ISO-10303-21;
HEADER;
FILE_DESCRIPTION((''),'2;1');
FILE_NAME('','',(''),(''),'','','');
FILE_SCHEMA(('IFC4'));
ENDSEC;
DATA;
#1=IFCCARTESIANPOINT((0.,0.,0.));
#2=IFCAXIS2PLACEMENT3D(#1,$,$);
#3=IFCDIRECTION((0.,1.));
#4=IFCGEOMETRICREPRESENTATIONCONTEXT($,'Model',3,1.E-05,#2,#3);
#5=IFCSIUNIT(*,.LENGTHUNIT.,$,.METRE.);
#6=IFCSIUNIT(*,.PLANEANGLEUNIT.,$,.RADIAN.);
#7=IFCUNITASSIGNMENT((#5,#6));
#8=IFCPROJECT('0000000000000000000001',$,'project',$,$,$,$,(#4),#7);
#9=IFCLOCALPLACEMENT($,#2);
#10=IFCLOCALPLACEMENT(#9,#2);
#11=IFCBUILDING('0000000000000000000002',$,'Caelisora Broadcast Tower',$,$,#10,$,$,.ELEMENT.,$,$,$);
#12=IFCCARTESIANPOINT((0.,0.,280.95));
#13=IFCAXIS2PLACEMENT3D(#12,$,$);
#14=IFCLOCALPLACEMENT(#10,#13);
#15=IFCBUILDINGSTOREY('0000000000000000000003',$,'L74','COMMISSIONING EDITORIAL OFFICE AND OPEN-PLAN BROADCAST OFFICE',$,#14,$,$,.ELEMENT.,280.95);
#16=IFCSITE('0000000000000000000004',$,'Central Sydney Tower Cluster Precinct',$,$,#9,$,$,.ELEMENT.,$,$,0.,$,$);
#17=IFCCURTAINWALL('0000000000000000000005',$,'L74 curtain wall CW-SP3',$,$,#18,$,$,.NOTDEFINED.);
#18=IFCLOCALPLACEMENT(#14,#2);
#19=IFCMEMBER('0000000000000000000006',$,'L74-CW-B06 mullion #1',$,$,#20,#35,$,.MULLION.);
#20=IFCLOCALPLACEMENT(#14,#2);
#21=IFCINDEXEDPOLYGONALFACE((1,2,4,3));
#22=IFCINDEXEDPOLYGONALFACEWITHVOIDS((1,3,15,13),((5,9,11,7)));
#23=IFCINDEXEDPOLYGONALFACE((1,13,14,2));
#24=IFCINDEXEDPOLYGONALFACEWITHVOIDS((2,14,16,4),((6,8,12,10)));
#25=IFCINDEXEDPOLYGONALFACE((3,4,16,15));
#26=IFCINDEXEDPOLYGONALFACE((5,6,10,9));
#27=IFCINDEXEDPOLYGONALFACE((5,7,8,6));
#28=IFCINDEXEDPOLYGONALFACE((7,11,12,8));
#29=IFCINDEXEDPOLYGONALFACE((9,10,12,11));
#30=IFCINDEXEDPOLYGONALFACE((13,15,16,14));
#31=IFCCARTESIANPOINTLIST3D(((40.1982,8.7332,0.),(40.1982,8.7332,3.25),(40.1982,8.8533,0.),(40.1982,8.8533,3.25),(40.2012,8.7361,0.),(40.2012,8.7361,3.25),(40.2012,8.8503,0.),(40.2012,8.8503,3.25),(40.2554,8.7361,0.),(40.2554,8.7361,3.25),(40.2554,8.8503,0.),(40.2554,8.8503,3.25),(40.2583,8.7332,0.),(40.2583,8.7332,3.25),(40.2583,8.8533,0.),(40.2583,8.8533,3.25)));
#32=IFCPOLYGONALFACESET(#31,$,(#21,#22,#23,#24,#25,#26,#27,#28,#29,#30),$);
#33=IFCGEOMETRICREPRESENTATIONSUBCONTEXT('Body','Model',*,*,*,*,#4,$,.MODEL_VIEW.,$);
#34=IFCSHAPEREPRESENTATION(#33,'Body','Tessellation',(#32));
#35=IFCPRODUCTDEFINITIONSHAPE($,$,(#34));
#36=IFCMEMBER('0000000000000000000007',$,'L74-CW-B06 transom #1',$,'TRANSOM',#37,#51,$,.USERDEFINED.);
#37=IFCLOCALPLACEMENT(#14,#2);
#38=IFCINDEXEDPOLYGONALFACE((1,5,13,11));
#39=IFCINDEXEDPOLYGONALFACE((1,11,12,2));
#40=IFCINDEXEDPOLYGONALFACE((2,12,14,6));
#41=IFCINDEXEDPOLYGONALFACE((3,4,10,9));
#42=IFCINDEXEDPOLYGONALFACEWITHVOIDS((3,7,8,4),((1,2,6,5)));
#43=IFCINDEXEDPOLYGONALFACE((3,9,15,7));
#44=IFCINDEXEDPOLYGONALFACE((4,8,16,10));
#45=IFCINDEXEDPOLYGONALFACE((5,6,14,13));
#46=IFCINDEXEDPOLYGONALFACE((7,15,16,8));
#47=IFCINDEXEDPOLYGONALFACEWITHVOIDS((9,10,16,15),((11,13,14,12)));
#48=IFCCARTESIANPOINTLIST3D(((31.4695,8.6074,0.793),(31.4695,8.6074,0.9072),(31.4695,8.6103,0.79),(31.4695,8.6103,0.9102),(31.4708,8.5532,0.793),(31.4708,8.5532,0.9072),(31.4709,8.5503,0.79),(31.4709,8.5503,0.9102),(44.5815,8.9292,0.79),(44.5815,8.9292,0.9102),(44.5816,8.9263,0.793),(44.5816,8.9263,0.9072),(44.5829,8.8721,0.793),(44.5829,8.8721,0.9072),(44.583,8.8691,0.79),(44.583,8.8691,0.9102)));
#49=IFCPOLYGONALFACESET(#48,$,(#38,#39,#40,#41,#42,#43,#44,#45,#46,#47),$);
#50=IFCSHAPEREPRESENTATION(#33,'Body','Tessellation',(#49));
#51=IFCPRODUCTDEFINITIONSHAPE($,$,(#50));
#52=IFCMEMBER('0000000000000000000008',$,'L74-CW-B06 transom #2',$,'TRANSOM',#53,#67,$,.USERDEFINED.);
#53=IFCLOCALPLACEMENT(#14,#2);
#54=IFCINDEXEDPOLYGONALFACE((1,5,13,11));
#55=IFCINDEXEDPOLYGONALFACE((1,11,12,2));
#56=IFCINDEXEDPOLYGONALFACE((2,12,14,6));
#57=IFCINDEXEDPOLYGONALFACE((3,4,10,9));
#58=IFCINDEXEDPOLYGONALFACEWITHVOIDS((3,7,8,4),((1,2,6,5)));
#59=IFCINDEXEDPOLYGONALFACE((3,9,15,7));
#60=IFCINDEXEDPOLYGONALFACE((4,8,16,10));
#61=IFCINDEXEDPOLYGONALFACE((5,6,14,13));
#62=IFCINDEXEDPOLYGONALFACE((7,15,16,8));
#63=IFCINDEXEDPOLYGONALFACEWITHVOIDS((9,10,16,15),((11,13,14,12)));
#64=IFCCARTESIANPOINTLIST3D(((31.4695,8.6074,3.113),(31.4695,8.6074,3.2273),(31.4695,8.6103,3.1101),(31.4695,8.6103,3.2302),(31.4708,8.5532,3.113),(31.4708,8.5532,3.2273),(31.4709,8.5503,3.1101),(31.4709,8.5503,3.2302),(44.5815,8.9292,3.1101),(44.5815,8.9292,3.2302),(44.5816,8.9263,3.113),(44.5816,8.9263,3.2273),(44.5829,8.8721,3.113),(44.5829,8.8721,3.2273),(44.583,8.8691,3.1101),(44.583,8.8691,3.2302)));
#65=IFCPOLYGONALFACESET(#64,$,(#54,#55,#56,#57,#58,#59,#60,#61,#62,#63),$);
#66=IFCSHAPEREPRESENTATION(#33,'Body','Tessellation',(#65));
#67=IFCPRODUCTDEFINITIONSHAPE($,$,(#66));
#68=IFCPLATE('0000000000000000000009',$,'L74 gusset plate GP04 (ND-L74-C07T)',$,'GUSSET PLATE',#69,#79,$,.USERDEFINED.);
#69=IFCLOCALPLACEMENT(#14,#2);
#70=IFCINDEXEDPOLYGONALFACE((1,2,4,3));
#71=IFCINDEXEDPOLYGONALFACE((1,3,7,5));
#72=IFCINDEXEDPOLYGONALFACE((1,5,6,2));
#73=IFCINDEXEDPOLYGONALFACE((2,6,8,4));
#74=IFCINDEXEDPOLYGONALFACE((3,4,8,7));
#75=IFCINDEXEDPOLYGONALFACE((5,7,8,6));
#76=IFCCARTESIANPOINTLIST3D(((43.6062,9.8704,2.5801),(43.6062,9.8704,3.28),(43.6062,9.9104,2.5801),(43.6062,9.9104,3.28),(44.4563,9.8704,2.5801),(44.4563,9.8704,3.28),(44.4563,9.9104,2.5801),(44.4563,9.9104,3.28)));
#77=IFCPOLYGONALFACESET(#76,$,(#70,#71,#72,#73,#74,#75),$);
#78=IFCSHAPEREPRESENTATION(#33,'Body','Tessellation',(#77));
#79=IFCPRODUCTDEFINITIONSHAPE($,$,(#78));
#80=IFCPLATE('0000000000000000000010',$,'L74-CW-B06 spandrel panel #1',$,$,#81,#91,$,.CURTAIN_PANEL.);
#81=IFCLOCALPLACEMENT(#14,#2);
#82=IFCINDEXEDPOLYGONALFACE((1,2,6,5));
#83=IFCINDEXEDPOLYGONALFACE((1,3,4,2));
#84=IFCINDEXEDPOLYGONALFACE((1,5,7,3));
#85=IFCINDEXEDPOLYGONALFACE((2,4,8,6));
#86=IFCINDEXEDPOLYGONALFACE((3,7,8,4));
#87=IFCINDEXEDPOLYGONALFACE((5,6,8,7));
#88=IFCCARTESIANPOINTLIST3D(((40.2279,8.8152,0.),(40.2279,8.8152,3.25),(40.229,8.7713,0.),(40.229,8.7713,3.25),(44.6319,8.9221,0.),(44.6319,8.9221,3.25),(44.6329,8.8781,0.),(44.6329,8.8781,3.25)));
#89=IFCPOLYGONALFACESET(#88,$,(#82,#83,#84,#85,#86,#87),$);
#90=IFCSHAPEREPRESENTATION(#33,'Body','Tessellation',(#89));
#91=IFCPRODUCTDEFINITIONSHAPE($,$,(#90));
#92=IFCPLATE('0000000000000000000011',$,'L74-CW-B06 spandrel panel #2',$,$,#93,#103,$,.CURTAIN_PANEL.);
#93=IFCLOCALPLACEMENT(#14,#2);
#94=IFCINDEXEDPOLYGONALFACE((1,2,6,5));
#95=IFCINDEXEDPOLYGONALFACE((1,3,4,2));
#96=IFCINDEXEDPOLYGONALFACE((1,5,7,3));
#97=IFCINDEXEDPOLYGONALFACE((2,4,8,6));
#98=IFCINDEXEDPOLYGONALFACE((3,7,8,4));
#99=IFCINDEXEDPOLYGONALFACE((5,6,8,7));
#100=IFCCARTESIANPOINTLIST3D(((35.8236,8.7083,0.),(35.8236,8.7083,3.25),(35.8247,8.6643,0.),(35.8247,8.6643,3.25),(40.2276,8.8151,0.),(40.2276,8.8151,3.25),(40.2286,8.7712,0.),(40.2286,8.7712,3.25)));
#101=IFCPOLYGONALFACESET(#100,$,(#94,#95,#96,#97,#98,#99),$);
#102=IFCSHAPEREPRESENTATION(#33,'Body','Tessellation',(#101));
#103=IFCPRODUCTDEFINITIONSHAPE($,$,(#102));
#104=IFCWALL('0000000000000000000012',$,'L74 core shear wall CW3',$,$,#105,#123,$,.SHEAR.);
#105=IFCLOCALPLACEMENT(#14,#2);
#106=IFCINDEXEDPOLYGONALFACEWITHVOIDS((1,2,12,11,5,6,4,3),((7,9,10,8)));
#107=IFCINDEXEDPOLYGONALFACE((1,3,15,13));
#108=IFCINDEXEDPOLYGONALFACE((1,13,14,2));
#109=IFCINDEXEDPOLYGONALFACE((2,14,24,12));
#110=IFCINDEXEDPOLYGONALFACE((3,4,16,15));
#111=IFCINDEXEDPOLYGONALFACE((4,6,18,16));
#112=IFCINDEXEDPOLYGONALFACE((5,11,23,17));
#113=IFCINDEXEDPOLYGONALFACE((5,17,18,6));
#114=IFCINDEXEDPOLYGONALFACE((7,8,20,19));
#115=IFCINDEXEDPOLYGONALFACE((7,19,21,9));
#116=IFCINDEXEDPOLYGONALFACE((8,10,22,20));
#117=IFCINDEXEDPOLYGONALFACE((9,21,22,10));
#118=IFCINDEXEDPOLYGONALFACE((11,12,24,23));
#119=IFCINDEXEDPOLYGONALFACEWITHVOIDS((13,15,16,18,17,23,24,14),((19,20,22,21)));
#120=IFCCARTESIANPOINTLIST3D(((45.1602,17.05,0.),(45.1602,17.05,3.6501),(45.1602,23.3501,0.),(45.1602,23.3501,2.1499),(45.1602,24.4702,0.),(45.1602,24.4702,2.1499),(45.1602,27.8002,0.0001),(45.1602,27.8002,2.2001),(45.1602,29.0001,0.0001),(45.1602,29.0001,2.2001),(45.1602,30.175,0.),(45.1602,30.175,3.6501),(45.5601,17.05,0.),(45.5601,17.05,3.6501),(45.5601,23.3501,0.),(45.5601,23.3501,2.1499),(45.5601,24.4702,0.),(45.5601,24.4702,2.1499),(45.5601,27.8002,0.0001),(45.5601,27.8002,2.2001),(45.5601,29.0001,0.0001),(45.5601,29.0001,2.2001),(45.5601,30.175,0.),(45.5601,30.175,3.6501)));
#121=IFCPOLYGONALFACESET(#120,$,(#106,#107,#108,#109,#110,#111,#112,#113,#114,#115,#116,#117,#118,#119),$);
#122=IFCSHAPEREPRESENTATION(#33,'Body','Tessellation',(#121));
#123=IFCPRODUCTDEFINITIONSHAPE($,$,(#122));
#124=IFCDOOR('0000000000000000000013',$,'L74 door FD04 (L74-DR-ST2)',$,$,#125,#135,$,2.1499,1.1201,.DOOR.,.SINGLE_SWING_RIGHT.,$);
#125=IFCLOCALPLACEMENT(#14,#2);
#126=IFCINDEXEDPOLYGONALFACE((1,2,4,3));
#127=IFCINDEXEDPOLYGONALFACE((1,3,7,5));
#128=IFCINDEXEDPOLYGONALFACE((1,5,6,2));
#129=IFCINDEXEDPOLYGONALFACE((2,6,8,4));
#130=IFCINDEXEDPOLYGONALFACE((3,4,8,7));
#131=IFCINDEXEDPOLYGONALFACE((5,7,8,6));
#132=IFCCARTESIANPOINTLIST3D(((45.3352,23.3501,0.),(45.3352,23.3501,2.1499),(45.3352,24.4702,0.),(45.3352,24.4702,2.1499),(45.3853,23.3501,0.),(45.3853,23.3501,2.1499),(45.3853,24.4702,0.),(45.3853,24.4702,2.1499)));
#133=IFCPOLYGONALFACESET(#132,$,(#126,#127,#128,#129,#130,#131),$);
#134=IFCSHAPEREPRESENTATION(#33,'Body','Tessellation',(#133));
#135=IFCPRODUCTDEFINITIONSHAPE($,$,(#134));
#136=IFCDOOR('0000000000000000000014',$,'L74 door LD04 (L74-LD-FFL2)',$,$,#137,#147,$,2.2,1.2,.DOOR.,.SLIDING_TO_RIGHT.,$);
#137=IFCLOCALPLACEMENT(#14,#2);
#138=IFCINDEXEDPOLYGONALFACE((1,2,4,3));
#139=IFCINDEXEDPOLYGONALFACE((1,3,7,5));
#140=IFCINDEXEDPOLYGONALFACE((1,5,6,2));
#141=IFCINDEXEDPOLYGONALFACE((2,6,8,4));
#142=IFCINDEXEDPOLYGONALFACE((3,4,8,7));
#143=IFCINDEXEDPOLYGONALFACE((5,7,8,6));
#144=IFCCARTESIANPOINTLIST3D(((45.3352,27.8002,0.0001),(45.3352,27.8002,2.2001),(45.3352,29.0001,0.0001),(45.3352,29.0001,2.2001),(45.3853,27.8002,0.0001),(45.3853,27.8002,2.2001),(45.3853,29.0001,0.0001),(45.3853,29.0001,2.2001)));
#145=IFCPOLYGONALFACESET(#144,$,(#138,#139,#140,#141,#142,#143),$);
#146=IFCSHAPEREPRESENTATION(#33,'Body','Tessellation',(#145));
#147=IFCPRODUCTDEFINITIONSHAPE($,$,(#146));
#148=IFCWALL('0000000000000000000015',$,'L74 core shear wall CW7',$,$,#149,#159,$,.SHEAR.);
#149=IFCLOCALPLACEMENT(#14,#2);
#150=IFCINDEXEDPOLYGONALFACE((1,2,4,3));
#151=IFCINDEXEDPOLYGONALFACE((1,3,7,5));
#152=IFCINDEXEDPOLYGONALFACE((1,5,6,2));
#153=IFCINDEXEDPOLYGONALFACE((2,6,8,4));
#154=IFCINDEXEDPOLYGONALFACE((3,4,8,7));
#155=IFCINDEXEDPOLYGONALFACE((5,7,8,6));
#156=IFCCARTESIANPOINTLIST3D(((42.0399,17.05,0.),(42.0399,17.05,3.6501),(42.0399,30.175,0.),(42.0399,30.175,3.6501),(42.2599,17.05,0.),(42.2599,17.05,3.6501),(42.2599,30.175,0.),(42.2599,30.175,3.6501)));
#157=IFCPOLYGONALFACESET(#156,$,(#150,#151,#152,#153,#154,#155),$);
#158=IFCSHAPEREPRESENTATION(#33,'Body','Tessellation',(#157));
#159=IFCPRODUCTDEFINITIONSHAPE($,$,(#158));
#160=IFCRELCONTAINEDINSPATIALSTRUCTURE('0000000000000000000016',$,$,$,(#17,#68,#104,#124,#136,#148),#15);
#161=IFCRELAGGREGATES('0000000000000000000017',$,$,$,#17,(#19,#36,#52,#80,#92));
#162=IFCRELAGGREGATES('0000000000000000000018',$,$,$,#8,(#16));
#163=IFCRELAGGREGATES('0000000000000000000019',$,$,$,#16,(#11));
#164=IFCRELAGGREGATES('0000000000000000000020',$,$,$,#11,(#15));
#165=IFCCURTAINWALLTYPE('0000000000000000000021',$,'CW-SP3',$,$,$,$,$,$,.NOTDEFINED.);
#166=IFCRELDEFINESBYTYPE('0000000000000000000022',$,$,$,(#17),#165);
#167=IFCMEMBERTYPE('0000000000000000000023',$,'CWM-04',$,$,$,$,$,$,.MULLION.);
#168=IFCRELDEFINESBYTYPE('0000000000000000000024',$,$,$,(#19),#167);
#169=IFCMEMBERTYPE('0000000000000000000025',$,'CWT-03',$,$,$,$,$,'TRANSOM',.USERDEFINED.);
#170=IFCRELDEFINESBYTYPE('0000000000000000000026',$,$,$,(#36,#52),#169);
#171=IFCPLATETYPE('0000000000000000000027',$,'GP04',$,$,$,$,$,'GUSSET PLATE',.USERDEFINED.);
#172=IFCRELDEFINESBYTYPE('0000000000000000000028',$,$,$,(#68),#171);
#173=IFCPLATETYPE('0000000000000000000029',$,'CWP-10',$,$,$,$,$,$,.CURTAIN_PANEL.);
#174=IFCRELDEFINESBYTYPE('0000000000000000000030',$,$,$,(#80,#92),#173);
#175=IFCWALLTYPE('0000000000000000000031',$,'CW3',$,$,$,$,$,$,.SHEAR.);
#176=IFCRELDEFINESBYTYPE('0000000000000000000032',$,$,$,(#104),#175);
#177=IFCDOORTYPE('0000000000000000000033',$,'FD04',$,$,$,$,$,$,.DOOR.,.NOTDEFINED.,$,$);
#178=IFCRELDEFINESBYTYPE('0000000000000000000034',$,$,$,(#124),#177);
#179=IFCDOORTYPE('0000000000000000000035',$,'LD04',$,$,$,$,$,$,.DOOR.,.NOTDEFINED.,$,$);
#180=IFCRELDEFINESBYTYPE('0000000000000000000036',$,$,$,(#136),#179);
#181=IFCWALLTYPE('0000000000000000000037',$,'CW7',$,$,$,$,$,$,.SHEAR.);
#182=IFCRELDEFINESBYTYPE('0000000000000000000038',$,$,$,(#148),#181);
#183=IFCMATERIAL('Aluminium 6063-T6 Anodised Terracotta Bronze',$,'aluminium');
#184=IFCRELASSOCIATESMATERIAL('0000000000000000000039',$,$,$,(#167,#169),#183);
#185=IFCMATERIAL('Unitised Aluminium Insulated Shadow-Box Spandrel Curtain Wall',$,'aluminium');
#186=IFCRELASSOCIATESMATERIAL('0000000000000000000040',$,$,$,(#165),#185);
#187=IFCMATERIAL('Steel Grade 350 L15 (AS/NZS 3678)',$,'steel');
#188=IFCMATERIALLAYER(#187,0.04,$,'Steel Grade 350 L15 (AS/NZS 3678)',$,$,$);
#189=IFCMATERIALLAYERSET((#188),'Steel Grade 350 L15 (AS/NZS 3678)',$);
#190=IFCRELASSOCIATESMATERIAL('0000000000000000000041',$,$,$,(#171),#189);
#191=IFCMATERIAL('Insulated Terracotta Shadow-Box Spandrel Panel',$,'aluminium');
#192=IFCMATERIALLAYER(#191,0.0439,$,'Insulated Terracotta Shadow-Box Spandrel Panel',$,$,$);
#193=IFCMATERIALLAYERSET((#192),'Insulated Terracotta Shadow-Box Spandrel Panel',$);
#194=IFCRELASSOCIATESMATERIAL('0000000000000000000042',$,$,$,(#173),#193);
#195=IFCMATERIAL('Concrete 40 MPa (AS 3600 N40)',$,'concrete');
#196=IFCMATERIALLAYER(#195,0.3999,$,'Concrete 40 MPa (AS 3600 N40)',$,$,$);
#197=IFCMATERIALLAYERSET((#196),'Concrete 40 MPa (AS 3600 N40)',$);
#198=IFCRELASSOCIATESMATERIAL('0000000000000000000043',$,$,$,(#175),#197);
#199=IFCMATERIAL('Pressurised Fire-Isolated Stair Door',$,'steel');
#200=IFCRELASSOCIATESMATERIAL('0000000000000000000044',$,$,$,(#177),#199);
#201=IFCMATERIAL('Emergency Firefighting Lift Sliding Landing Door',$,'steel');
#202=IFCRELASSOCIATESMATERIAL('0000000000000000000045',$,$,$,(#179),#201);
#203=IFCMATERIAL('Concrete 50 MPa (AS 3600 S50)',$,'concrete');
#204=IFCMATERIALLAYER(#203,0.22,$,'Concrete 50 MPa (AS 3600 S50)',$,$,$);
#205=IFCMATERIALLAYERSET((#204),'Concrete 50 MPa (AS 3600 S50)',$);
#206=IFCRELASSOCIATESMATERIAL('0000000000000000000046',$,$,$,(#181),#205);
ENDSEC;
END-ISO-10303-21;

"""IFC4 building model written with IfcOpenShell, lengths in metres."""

from ifc_helpers import new_model, si_unit, direction, frame, frame_2d, origin, origin_2d, place, context, subcontext, project, spatial, rectangle, hollow_rectangle, extrude, source, transform, mapped, material, layer, layer_set, material_profile, profile_set, type_object, type_shapes, element, fill, aggregate, save


model = new_model("IFC4")

# Units and contexts
model_context = context("Model", 3, precision=1e-05, world=origin(), true_north=direction((0.0, 1.0)))
body_context = subcontext(model_context, "Body", "Model", "MODEL_VIEW")
ifc_project = project(units=[si_unit("LENGTHUNIT", "METRE"), si_unit("PLANEANGLEUNIT", "RADIAN")], contexts=[model_context])

# Site, building, storey
site_placement = place(None, origin())
site = spatial("IfcSite", under=ifc_project, at=site_placement, Name="Central Sydney Tower Cluster Precinct", CompositionType="ELEMENT", RefElevation=0.0)
building_placement = place(site_placement, origin())
building = spatial("IfcBuilding", under=site, at=building_placement, Name="Caelisora Broadcast Tower", CompositionType="ELEMENT")
storey_placement = place(building_placement, frame((0.0, 0.0, 280.95)))
storey = spatial("IfcBuildingStorey", under=building, at=storey_placement, Name="L74", Description="COMMISSIONING EDITORIAL OFFICE AND OPEN-PLAN BROADCAST OFFICE", CompositionType="ELEMENT", Elevation=280.95)

# Shared definitions
ifc_material_1 = material(Name="Steel Grade 350 L15 (AS/NZS 3678)", Category="steel")

# Shared definitions
ifc_material_2 = material(Name="Aluminium 6063-T6 Anodised Terracotta Bronze", Category="aluminium")
ifc_material_profile_1 = material_profile(ifc_material_2, hollow_rectangle(XDim=0.0601, YDim=0.1201, WallThickness=0.0029, at=origin_2d()), Name="Aluminium 6063-T6 Anodised Terracotta Bronze")
ifc_profile_set_1 = profile_set([ifc_material_profile_1], Name="Aluminium 6063-T6 Anodised Terracotta Bronze")
member_type_1 = type_object("IfcMemberType", Name="CWM-04", PredefinedType="MULLION", material=ifc_profile_set_1)
shared_shape_1 = source(origin(), body_context, "Body", "SweptSolid", [
    extrude(hollow_rectangle(XDim=0.0601, YDim=0.1201, WallThickness=0.0029, at=origin_2d()), origin(), (0.0, 0.0, 1.0), 3.25),
])
type_shapes(member_type_1, [shared_shape_1])

# Curtain wall, members
ifc_material_3 = material(Name="Unitised Aluminium Insulated Shadow-Box Spandrel Curtain Wall", Category="aluminium")
curtain_wall_type_1 = type_object("IfcCurtainWallType", Name="CW-SP3", PredefinedType="NOTDEFINED", material=ifc_material_3)
curtain_wall_1_placement = place(storey_placement, origin())
curtain_wall_1 = element("IfcCurtainWall", 1, at=curtain_wall_1_placement, inside=storey, type_object=curtain_wall_type_1, Name="L74 curtain wall CW-SP3", PredefinedType="NOTDEFINED")
member_1_placement = place(storey_placement, frame((40.2283, 8.7932, 0.0), z_axis=(0.0, 0.0, 1.0), x_axis=(1.0, 0.0, 0.0)))
member_1 = element("IfcMember", 2, at=member_1_placement, type_object=member_type_1, Name="L74-CW-B06 mullion #1", PredefinedType="MULLION", context=body_context, shape_type="MappedRepresentation", body=[
    mapped(shared_shape_1, transform((0.0, 0.0, 0.0), scale=1.0)),
])
ifc_material_profile_2 = material_profile(ifc_material_2, hollow_rectangle(XDim=0.0601, YDim=0.1201, WallThickness=0.0029, at=origin_2d()), Name="Aluminium 6063-T6 Anodised Terracotta Bronze")
ifc_profile_set_2 = profile_set([ifc_material_profile_2], Name="Aluminium 6063-T6 Anodised Terracotta Bronze")
member_type_2 = type_object("IfcMemberType", Name="CWT-03", ElementType="TRANSOM", PredefinedType="USERDEFINED", material=ifc_profile_set_2)
shared_shape_2 = source(origin(), body_context, "Body", "SweptSolid", [
    extrude(hollow_rectangle(XDim=0.0601, YDim=0.1201, WallThickness=0.0029, at=origin_2d()), origin(), (0.0, 0.0, 1.0), 13.116),
])
type_shapes(member_type_2, [shared_shape_2])
member_2_placement = place(storey_placement, frame((44.5823, 8.8992, 0.8501), z_axis=(-0.999704, -0.02431, 0.0), x_axis=(0.02431, -0.999704, 0.0)))
member_2 = element("IfcMember", 3, at=member_2_placement, type_object=member_type_2, Name="L74-CW-B06 transom #1", ObjectType="TRANSOM", PredefinedType="USERDEFINED", context=body_context, shape_type="MappedRepresentation", body=[
    mapped(shared_shape_2, transform((0.0, 0.0, 0.0), scale=1.0)),
])
member_3_placement = place(storey_placement, frame((44.5823, 8.8992, 3.1702), z_axis=(-0.999704, -0.02431, 0.0), x_axis=(0.02431, -0.999704, 0.0)))
member_3 = element("IfcMember", 4, at=member_3_placement, type_object=member_type_2, Name="L74-CW-B06 transom #2", ObjectType="TRANSOM", PredefinedType="USERDEFINED", context=body_context, shape_type="MappedRepresentation", body=[
    mapped(shared_shape_2, transform((0.0, 0.0, 0.0), scale=1.0)),
])

# Plates
ifc_layer_1 = layer(ifc_material_1, 0.04, Name="Steel Grade 350 L15 (AS/NZS 3678)")
ifc_layer_set_1 = layer_set([ifc_layer_1], Name="Steel Grade 350 L15 (AS/NZS 3678)")
plate_type_1 = type_object("IfcPlateType", Name="GP04", ElementType="GUSSET PLATE", PredefinedType="USERDEFINED", material=ifc_layer_set_1)
shared_shape_3 = source(origin(), body_context, "Body", "SweptSolid", [
    extrude(rectangle(XDim=0.8501, YDim=0.04, at=origin_2d()), origin(), (0.0, 0.0, 1.0), 0.7),
])
type_shapes(plate_type_1, [shared_shape_3])
plate_1_placement = place(storey_placement, frame((44.0312, 9.8904, 2.5801), z_axis=(0.0, 0.0, 1.0), x_axis=(1.0, 0.0, 0.0)))
element("IfcPlate", 5, at=plate_1_placement, inside=storey, type_object=plate_type_1, Name="L74 gusset plate GP04 (ND-L74-C07T)", ObjectType="GUSSET PLATE", PredefinedType="USERDEFINED", context=body_context, shape_type="MappedRepresentation", body=[
    mapped(shared_shape_3, transform((0.0, 0.0, 0.0), scale=1.0)),
])
ifc_material_4 = material(Name="Insulated Terracotta Shadow-Box Spandrel Panel", Category="aluminium")
ifc_layer_2 = layer(ifc_material_4, 0.0439, Name="Insulated Terracotta Shadow-Box Spandrel Panel")
ifc_layer_set_2 = layer_set([ifc_layer_2], Name="Insulated Terracotta Shadow-Box Spandrel Panel")
plate_type_2 = type_object("IfcPlateType", Name="CWP-10", PredefinedType="CURTAIN_PANEL", material=ifc_layer_set_2)
shared_shape_4 = source(origin(), body_context, "Body", "SweptSolid", [
    extrude(rectangle(XDim=4.4053, YDim=0.0439, at=origin_2d()), origin(), (0.0, 0.0, 1.0), 3.25),
])
type_shapes(plate_type_2, [shared_shape_4])
plate_2_placement = place(storey_placement, frame((42.4304, 8.8467, 0.0), z_axis=(0.0, 0.0, 1.0), x_axis=(-0.999706, -0.024258, 0.0)))
plate_2 = element("IfcPlate", 6, at=plate_2_placement, type_object=plate_type_2, Name="L74-CW-B06 spandrel panel #1", PredefinedType="CURTAIN_PANEL", context=body_context, shape_type="MappedRepresentation", body=[
    mapped(shared_shape_4, transform((0.0, 0.0, 0.0), scale=1.0)),
])
plate_3_placement = place(storey_placement, frame((38.0261, 8.7397, 0.0), z_axis=(0.0, 0.0, 1.0), x_axis=(-0.999706, -0.024258, 0.0)))
plate_3 = element("IfcPlate", 7, at=plate_3_placement, type_object=plate_type_2, Name="L74-CW-B06 spandrel panel #2", PredefinedType="CURTAIN_PANEL", context=body_context, shape_type="MappedRepresentation", body=[
    mapped(shared_shape_4, transform((0.0, 0.0, 0.0), scale=1.0)),
])
aggregate(curtain_wall_1, [member_1, member_2, member_3, plate_2, plate_3])

# Wall, openings, doors
ifc_material_5 = material(Name="Concrete 40 MPa (AS 3600 N40)", Category="concrete")
ifc_layer_3 = layer(ifc_material_5, 0.3999, Name="Concrete 40 MPa (AS 3600 N40)")
ifc_layer_set_3 = layer_set([ifc_layer_3], Name="Concrete 40 MPa (AS 3600 N40)")
wall_type_1 = type_object("IfcWallType", Name="CW3", PredefinedType="SHEAR", material=ifc_layer_set_3)
wall_1_placement = place(storey_placement, frame((45.3601, 17.05, 0.0), z_axis=(0.0, 0.0, 1.0), x_axis=(0.0, 1.0, 0.0)))
wall_1 = element("IfcWall", 8, at=wall_1_placement, inside=storey, type_object=wall_type_1, Name="L74 core shear wall CW3", PredefinedType="SHEAR", context=body_context, shape_type="SweptSolid", body=[
    extrude(rectangle(XDim=13.125, YDim=0.3999, at=frame_2d((6.5625, 0.0))), origin(), (0.0, 0.0, 1.0), 3.6501),
])
opening_1_placement = place(wall_1_placement, frame((6.3, 0.0, 0.0)))
opening_1 = element("IfcOpeningElement", 9, at=opening_1_placement, cuts=wall_1, PredefinedType="OPENING", context=body_context, shape_type="SweptSolid", body=[
    extrude(rectangle(XDim=1.1201, YDim=2.1499, at=frame_2d((0.5601, 1.075))), frame((0.0, 0.2119, 0.0), z_axis=(0.0, -1.0, 0.0), x_axis=(1.0, 0.0, 0.0)), (0.0, 0.0, 1.0), 0.4238),
])
opening_2_placement = place(wall_1_placement, frame((10.75, 0.0, 0.0)))
opening_2 = element("IfcOpeningElement", 10, at=opening_2_placement, cuts=wall_1, PredefinedType="OPENING", context=body_context, shape_type="SweptSolid", body=[
    extrude(rectangle(XDim=1.2, YDim=2.2, at=frame_2d((0.6001, 1.1001))), frame((0.0, 0.2119, 0.0), z_axis=(0.0, -1.0, 0.0), x_axis=(1.0, 0.0, 0.0)), (0.0, 0.0, 1.0), 0.4238),
])
ifc_material_6 = material(Name="Pressurised Fire-Isolated Stair Door", Category="steel")
door_type_1 = type_object("IfcDoorType", Name="FD04", OperationType="NOTDEFINED", PredefinedType="DOOR", material=ifc_material_6)
door_1_placement = place(opening_1_placement, origin())
door_1 = element("IfcDoor", 11, at=door_1_placement, inside=storey, type_object=door_type_1, Name="L74 door FD04 (L74-DR-ST2)", OperationType="SINGLE_SWING_RIGHT", OverallHeight=2.1499, OverallWidth=1.1201, PredefinedType="DOOR", context=body_context, shape_type="SweptSolid", body=[
    extrude(rectangle(XDim=1.1201, YDim=2.1499, at=frame_2d((0.5601, 1.075))), frame((0.0, 0.0249, 0.0), z_axis=(0.0, -1.0, 0.0), x_axis=(1.0, 0.0, 0.0)), (0.0, 0.0, 1.0), 0.05),
])
fill(opening_1, door_1)
ifc_material_7 = material(Name="Emergency Firefighting Lift Sliding Landing Door", Category="steel")
door_type_2 = type_object("IfcDoorType", Name="LD04", OperationType="NOTDEFINED", PredefinedType="DOOR", material=ifc_material_7)
door_2_placement = place(opening_2_placement, origin())
door_2 = element("IfcDoor", 12, at=door_2_placement, inside=storey, type_object=door_type_2, Name="L74 door LD04 (L74-LD-FFL2)", OperationType="SLIDING_TO_RIGHT", OverallHeight=2.2, OverallWidth=1.2, PredefinedType="DOOR", context=body_context, shape_type="SweptSolid", body=[
    extrude(rectangle(XDim=1.2, YDim=2.2, at=frame_2d((0.6001, 1.1001))), frame((0.0, 0.0249, 0.0), z_axis=(0.0, -1.0, 0.0), x_axis=(1.0, 0.0, 0.0)), (0.0, 0.0, 1.0), 0.05),
])
fill(opening_2, door_2)

# Wall
ifc_material_8 = material(Name="Concrete 50 MPa (AS 3600 S50)", Category="concrete")
ifc_layer_4 = layer(ifc_material_8, 0.22, Name="Concrete 50 MPa (AS 3600 S50)")
ifc_layer_set_4 = layer_set([ifc_layer_4], Name="Concrete 50 MPa (AS 3600 S50)")
wall_type_2 = type_object("IfcWallType", Name="CW7", PredefinedType="SHEAR", material=ifc_layer_set_4)
wall_2_placement = place(storey_placement, frame((42.1499, 17.05, 0.0), z_axis=(0.0, 0.0, 1.0), x_axis=(0.0, 1.0, 0.0)))
element("IfcWall", 13, at=wall_2_placement, inside=storey, type_object=wall_type_2, Name="L74 core shear wall CW7", PredefinedType="SHEAR", context=body_context, shape_type="SweptSolid", body=[
    extrude(rectangle(XDim=13.125, YDim=0.22, at=frame_2d((6.5625, 0.0))), origin(), (0.0, 0.0, 1.0), 3.6501),
])

save(model, "model.ifc")
